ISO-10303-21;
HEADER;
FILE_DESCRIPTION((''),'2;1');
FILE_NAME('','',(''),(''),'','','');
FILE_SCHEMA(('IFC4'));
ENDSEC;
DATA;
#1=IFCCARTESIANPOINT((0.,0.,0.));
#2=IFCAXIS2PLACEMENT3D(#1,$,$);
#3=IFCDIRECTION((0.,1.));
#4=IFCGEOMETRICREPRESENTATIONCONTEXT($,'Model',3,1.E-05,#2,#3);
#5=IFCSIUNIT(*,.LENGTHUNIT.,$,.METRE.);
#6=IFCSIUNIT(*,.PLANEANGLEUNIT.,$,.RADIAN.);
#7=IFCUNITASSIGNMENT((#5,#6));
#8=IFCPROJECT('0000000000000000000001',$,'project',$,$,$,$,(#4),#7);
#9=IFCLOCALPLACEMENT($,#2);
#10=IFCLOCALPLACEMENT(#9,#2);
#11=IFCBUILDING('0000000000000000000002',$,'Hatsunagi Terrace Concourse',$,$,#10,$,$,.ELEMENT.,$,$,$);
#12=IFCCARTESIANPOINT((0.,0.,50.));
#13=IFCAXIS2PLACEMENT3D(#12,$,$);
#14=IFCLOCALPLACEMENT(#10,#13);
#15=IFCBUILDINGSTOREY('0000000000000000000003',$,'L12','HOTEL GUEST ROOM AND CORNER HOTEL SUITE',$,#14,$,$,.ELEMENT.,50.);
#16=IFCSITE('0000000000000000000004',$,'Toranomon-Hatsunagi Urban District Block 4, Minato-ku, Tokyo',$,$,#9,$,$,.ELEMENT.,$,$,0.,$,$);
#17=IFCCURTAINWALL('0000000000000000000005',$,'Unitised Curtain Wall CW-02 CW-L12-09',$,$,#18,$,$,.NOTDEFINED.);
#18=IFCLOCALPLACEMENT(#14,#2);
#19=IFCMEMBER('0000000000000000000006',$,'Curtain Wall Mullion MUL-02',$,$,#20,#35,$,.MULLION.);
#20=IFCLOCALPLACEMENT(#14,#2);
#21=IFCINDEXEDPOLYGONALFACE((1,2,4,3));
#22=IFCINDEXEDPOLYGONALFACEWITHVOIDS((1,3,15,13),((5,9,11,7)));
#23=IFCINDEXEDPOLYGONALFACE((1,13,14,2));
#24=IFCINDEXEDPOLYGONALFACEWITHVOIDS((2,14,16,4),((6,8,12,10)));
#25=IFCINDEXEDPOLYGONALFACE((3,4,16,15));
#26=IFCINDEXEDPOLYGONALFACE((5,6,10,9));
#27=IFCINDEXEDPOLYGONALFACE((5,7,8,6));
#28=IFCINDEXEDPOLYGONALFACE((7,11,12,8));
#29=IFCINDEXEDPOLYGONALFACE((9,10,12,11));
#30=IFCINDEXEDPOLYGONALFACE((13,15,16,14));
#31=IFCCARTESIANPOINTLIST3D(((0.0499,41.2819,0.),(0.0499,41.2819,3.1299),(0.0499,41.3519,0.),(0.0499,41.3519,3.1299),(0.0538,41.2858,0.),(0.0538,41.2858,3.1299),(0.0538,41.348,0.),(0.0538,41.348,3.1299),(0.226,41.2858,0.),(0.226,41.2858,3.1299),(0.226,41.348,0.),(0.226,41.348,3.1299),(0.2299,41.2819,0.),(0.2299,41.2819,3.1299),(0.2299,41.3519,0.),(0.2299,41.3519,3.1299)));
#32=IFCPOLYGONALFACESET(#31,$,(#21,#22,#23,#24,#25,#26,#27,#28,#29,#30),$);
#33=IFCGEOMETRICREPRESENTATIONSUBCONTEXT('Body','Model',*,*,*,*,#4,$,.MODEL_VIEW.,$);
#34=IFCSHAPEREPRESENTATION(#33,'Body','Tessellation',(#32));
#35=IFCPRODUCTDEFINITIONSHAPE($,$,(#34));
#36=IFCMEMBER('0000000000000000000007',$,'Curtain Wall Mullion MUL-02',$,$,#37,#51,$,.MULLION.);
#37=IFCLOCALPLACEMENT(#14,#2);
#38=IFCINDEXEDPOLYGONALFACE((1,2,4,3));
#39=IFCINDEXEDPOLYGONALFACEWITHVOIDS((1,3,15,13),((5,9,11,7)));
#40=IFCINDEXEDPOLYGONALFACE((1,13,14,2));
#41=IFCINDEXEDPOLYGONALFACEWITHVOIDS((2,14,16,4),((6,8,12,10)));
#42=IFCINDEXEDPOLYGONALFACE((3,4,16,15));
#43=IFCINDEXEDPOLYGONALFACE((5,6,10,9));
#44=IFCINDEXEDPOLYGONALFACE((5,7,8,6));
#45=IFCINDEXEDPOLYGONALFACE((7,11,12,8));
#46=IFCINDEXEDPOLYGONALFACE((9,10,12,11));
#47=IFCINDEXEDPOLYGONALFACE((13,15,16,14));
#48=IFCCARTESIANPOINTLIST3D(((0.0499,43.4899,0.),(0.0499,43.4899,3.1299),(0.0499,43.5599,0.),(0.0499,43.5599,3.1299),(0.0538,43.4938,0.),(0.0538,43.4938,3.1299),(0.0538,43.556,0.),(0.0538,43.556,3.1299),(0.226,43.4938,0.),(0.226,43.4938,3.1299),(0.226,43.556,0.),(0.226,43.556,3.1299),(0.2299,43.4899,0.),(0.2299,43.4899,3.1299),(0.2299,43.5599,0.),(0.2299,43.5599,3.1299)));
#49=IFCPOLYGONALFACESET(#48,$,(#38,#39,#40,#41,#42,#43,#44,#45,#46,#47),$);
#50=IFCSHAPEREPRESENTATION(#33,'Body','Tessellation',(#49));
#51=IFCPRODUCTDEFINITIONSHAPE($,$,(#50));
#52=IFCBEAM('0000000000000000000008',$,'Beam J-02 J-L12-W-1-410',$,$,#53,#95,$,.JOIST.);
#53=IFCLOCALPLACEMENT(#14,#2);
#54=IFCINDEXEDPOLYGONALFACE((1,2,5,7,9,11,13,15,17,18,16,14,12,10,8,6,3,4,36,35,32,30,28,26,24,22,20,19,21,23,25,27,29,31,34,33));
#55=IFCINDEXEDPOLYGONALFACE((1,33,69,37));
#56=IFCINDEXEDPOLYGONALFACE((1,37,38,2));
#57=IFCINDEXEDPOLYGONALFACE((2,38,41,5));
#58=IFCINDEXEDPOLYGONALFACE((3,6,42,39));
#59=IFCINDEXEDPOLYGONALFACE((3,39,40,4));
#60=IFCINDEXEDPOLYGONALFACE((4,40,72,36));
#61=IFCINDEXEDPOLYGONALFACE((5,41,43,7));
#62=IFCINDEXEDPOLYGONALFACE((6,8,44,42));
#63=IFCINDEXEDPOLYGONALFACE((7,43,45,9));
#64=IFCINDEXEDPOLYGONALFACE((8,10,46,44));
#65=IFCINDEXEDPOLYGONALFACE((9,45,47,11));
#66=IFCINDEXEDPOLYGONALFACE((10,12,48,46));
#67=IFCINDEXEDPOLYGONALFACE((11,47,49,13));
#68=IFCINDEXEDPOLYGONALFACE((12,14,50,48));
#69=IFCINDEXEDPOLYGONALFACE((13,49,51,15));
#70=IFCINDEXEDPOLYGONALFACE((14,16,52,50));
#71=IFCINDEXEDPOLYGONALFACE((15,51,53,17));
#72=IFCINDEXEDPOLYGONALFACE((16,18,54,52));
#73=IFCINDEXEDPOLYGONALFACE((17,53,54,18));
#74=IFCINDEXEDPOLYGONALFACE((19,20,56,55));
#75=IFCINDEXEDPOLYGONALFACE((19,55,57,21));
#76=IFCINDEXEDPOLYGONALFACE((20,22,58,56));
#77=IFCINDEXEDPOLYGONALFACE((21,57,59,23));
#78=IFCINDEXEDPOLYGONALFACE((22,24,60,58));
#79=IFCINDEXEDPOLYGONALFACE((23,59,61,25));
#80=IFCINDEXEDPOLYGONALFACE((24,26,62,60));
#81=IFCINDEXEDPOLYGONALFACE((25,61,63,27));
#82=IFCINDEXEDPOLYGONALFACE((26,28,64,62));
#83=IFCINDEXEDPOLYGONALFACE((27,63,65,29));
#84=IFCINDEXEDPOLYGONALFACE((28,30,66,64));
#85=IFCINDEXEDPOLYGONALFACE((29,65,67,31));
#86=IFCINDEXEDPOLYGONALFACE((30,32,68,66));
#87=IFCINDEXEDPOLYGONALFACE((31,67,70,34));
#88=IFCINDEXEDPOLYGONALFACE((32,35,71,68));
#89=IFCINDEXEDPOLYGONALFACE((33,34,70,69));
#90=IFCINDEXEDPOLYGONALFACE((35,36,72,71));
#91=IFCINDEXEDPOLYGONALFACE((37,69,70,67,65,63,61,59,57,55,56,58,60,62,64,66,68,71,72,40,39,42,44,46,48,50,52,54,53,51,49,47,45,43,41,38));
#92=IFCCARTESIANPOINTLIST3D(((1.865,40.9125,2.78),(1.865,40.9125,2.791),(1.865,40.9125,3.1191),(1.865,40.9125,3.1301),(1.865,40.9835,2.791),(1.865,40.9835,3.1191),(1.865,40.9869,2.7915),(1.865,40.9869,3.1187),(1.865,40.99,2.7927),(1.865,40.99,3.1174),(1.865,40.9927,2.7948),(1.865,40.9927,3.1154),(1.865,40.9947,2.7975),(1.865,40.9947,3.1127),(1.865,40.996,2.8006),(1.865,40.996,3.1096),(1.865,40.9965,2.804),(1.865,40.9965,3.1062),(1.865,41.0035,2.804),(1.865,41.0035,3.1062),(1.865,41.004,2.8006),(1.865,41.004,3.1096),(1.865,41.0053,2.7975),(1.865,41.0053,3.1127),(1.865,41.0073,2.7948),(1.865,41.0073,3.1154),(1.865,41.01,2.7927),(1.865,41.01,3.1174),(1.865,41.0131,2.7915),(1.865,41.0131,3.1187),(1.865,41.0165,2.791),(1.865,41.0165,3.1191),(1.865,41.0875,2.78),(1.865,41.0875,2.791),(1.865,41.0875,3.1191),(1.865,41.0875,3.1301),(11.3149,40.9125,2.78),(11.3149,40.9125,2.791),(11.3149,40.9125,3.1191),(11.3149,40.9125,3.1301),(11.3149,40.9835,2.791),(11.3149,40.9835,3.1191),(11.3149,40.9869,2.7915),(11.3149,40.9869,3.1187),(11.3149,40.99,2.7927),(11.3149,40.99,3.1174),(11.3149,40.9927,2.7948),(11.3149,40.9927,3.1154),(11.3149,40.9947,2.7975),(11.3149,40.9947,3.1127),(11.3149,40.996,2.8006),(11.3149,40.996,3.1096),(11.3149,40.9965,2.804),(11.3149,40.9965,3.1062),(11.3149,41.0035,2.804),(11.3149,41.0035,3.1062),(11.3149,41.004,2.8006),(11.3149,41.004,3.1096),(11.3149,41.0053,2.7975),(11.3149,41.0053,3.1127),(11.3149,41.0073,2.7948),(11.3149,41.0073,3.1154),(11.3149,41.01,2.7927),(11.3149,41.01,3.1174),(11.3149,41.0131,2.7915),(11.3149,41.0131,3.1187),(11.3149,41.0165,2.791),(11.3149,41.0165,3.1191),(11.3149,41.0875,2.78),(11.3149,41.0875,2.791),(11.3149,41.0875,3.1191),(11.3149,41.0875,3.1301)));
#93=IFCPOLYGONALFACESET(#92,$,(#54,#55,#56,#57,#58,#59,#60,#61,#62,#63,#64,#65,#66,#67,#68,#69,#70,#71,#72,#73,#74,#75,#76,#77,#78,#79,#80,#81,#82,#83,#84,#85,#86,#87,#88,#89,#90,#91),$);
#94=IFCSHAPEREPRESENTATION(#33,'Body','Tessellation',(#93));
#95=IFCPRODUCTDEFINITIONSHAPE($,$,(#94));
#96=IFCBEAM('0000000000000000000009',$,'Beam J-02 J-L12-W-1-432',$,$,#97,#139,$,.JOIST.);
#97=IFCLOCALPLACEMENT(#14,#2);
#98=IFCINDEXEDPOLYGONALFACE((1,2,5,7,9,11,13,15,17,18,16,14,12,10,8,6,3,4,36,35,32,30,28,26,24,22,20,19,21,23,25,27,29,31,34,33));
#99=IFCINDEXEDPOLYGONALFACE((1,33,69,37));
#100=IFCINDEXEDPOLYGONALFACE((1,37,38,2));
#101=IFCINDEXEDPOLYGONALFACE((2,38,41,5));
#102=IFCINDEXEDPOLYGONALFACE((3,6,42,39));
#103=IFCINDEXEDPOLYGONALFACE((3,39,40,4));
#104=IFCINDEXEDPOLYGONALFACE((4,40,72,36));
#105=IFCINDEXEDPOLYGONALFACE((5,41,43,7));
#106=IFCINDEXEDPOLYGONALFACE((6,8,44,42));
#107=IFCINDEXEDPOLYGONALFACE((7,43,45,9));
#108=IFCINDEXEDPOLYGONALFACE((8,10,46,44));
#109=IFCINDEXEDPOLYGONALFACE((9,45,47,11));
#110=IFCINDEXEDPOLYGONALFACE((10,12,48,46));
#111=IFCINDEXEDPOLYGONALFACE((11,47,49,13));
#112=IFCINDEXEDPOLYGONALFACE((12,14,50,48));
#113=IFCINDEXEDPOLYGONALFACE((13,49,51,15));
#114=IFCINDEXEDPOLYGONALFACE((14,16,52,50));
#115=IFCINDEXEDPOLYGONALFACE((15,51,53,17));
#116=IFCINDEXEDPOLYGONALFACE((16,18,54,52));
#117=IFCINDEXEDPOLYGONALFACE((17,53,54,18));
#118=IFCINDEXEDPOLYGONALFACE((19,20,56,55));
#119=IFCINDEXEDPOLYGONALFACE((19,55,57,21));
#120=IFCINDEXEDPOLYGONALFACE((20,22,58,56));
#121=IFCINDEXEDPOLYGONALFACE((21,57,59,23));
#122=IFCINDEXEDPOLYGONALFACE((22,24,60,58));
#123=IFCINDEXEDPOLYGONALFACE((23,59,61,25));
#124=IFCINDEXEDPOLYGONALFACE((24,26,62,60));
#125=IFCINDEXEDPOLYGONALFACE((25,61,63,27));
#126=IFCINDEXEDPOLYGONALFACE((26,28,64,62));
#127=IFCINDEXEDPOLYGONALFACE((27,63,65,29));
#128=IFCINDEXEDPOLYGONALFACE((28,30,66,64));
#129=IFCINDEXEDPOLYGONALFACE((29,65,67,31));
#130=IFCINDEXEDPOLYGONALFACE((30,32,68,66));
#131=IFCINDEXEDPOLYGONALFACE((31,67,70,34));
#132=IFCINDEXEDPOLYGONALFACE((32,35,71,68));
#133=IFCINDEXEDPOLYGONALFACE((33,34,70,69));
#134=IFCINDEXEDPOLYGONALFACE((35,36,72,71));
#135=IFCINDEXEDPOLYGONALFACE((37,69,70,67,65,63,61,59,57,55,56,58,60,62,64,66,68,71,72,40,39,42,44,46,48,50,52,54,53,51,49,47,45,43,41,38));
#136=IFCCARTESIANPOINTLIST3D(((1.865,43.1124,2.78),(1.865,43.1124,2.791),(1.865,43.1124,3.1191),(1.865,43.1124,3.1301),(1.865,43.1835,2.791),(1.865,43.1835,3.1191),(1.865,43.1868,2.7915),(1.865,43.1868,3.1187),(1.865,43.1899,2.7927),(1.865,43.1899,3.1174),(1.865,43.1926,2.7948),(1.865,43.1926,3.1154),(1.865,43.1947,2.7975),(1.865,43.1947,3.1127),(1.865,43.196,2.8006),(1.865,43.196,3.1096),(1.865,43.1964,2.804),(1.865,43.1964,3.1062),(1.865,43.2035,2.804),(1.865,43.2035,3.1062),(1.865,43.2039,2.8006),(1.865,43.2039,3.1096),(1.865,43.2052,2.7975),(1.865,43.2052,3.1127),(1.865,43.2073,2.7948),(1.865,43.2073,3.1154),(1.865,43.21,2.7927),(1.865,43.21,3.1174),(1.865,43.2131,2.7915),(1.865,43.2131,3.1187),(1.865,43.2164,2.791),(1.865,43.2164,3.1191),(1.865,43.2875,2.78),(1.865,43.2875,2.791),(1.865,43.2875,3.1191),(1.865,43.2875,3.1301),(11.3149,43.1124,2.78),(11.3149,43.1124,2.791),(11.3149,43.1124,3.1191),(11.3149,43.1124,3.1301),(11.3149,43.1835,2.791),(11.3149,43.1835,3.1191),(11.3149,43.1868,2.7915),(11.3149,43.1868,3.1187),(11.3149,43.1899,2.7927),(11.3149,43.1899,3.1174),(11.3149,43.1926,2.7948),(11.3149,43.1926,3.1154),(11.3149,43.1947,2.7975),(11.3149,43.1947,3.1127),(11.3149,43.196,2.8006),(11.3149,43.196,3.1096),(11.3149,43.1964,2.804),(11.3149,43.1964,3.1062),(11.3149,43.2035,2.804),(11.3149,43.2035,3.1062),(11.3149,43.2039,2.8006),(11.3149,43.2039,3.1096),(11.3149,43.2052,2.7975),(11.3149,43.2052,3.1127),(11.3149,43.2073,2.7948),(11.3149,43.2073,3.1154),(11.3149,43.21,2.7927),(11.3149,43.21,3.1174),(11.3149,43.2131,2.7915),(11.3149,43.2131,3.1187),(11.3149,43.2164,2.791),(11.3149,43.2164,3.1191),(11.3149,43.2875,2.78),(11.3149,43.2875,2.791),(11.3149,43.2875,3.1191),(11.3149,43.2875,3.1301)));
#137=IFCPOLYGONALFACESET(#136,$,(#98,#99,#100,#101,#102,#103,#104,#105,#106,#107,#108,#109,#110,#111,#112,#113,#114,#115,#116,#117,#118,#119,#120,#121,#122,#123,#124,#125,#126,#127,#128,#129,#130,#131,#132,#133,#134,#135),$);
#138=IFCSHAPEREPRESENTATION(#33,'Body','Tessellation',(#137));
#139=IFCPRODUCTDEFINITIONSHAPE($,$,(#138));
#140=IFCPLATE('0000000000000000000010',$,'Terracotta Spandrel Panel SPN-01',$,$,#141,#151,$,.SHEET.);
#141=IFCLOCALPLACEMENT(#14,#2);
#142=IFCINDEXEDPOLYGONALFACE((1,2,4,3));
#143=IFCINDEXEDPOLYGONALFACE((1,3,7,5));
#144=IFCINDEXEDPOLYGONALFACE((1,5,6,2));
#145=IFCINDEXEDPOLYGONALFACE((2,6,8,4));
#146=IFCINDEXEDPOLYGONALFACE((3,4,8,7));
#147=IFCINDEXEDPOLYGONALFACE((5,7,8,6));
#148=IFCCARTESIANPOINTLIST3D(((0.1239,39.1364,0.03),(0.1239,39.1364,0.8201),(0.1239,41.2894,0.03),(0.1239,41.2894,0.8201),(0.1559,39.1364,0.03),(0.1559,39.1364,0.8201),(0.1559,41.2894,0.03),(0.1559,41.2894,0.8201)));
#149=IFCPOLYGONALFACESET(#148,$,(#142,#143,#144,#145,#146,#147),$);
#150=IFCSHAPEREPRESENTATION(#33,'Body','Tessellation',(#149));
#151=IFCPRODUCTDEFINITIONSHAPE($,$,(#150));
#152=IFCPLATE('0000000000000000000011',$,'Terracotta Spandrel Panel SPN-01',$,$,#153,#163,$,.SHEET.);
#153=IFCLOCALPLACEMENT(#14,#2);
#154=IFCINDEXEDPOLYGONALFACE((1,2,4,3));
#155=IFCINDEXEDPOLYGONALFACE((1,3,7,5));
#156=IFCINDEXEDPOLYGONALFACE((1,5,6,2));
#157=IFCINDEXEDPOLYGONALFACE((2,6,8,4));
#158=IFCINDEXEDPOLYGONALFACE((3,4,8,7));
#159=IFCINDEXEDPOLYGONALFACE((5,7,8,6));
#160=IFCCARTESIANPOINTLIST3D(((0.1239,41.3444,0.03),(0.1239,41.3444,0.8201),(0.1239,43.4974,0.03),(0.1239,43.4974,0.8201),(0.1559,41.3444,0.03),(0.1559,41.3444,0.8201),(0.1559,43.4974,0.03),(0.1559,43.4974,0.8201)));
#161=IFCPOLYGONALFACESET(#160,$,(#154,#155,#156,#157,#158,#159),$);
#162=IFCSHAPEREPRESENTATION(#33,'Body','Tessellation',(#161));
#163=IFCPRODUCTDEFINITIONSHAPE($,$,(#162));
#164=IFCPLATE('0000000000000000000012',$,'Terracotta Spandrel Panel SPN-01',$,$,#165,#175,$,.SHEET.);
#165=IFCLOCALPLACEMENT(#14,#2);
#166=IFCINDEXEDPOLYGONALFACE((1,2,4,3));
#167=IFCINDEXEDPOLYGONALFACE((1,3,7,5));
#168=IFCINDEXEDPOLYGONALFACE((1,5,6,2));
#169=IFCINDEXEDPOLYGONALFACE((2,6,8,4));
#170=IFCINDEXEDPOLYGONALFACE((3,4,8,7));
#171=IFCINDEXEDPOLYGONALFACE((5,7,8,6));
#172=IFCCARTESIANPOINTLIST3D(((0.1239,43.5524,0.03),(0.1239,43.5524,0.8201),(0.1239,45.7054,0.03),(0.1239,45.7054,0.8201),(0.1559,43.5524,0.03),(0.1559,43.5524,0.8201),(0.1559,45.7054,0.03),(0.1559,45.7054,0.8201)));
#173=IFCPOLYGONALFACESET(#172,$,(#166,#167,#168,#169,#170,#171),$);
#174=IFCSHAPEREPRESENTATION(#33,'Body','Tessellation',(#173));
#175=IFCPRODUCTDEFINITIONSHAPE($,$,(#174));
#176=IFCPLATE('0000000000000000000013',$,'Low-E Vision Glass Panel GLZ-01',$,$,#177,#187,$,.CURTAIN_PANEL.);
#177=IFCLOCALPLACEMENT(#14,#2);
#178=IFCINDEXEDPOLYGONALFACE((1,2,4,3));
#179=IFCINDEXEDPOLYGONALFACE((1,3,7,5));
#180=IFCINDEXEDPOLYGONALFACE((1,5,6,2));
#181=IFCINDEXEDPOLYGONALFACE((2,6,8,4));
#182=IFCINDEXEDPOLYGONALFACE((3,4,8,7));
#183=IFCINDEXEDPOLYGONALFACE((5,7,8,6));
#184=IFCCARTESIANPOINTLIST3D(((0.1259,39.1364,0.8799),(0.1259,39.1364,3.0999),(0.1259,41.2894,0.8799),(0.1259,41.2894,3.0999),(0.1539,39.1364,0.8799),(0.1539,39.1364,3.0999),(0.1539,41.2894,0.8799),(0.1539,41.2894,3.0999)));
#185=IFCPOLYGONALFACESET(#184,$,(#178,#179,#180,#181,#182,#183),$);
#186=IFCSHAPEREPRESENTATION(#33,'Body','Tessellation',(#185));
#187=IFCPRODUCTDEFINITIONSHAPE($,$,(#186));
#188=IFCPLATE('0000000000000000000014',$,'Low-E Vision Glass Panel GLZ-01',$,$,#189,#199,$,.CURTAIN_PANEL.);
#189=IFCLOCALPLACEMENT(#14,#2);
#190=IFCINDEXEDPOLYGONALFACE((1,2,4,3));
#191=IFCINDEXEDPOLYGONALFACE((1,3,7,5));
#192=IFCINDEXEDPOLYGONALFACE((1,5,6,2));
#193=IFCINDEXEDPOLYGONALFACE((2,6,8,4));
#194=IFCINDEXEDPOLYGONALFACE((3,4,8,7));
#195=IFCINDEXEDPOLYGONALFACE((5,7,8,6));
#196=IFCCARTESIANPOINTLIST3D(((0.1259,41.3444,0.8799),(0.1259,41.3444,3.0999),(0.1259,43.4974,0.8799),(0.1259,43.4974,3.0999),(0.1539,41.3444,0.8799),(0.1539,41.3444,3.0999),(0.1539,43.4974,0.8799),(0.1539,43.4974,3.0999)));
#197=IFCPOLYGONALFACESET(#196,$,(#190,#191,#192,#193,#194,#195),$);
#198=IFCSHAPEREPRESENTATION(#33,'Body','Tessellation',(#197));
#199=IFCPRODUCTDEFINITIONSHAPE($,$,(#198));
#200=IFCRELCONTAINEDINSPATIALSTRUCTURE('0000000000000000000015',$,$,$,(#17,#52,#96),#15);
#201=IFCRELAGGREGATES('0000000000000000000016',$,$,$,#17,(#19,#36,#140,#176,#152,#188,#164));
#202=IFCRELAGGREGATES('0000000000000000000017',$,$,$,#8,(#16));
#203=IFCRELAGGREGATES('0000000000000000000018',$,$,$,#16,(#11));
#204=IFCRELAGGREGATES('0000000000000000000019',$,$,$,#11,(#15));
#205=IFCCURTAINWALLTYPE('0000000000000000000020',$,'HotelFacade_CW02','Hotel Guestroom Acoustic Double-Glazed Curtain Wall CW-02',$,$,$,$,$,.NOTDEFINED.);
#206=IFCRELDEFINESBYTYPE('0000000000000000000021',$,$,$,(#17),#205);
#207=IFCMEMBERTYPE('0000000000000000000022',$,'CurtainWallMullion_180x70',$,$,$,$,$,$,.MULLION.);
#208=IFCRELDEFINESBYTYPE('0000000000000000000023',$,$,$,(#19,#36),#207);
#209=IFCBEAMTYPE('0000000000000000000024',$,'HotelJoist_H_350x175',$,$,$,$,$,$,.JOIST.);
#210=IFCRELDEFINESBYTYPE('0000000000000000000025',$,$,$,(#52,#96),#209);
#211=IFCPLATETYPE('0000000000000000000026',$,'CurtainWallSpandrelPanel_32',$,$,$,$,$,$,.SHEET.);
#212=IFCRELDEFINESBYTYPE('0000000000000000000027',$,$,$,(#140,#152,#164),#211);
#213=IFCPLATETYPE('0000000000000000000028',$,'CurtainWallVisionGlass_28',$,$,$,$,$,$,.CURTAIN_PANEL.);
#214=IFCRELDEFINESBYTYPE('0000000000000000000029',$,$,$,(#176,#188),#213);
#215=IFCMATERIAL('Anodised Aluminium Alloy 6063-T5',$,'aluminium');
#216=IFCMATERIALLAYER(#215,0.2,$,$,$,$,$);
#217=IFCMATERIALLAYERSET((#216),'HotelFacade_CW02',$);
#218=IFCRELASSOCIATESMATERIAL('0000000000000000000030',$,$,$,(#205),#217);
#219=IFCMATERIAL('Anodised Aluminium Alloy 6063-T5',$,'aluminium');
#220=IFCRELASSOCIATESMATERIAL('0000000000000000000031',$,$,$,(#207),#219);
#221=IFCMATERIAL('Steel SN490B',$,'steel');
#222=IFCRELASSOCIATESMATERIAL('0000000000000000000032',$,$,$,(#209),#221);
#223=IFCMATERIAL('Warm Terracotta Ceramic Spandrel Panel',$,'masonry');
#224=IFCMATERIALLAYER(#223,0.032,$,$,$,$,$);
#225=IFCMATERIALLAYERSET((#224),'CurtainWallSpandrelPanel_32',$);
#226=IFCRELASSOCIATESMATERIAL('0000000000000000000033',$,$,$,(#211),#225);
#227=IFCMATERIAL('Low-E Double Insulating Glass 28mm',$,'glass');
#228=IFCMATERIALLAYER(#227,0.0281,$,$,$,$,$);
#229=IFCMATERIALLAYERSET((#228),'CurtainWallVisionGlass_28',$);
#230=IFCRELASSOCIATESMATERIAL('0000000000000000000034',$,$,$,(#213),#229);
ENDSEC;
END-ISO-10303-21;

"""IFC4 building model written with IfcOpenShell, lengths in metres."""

from ifc_helpers import new_model, si_unit, direction, frame, origin, origin_2d, place, context, subcontext, project, spatial, rectangle, hollow_rectangle, i_section, extrude, material, layer, layer_set, material_profile, profile_set, type_object, element, aggregate, save


model = new_model("IFC4")

# Units and contexts
model_context = context("Model", 3, precision=1e-05, world=origin(), true_north=direction((0.0, 1.0)))
body_context = subcontext(model_context, "Body", "Model", "MODEL_VIEW")
ifc_project = project(units=[si_unit("LENGTHUNIT", "METRE"), si_unit("PLANEANGLEUNIT", "RADIAN")], contexts=[model_context])

# Site, building, storey
site_placement = place(None, origin())
site = spatial("IfcSite", under=ifc_project, at=site_placement, Name="Toranomon-Hatsunagi Urban District Block 4, Minato-ku, Tokyo", CompositionType="ELEMENT", RefElevation=0.0)
building_placement = place(site_placement, origin())
building = spatial("IfcBuilding", under=site, at=building_placement, Name="Hatsunagi Terrace Concourse", CompositionType="ELEMENT")
storey_placement = place(building_placement, frame((0.0, 0.0, 50.0)))
storey = spatial("IfcBuildingStorey", under=building, at=storey_placement, Name="L12", Description="HOTEL GUEST ROOM AND CORNER HOTEL SUITE", CompositionType="ELEMENT", Elevation=50.0)

# Curtain wall, members
ifc_material_1 = material(Name="Anodised Aluminium Alloy 6063-T5", Category="aluminium")
ifc_layer_1 = layer(ifc_material_1, 0.2)
ifc_layer_set_1 = layer_set([ifc_layer_1], Name="HotelFacade_CW02")
curtain_wall_type = type_object("IfcCurtainWallType", Name="HotelFacade_CW02", Description="Hotel Guestroom Acoustic Double-Glazed Curtain Wall CW-02", PredefinedType="NOTDEFINED", material=ifc_layer_set_1)
curtain_wall_placement = place(storey_placement, origin())
curtain_wall = element("IfcCurtainWall", 1, at=curtain_wall_placement, inside=storey, type_object=curtain_wall_type, Name="Unitised Curtain Wall CW-02 CW-L12-09", PredefinedType="NOTDEFINED")
ifc_material_2 = material(Name="Anodised Aluminium Alloy 6063-T5", Category="aluminium")
ifc_material_profile_1 = material_profile(ifc_material_2, hollow_rectangle(XDim=0.0701, YDim=0.1799, WallThickness=0.0039, at=origin_2d()), Name="ALU-MUL-180x70x4")
ifc_profile_set_1 = profile_set([ifc_material_profile_1], Name="Anodised Aluminium Alloy 6063-T5")
member_type = type_object("IfcMemberType", Name="CurtainWallMullion_180x70", PredefinedType="MULLION", material=ifc_profile_set_1)
member_1_placement = place(storey_placement, frame((0.1399, 41.3169, 0.0), z_axis=(0.0, 0.0, 1.0), x_axis=(0.0, 1.0, 0.0)))
member_1 = element("IfcMember", 2, at=member_1_placement, type_object=member_type, Name="Curtain Wall Mullion MUL-02", PredefinedType="MULLION", context=body_context, shape_type="SweptSolid", body=[
    extrude(hollow_rectangle(XDim=0.0701, YDim=0.1799, WallThickness=0.0039, at=origin_2d()), origin(), (0.0, 0.0, 1.0), 3.1299),
])
member_2_placement = place(storey_placement, frame((0.1399, 43.5249, 0.0), z_axis=(0.0, 0.0, 1.0), x_axis=(0.0, 1.0, 0.0)))
member_2 = element("IfcMember", 3, at=member_2_placement, type_object=member_type, Name="Curtain Wall Mullion MUL-02", PredefinedType="MULLION", context=body_context, shape_type="SweptSolid", body=[
    extrude(hollow_rectangle(XDim=0.0701, YDim=0.1799, WallThickness=0.0039, at=origin_2d()), origin(), (0.0, 0.0, 1.0), 3.1299),
])

# Beams
ifc_material_3 = material(Name="Steel SN490B", Category="steel")
ifc_material_profile_2 = material_profile(ifc_material_3, i_section(OverallWidth=0.175, OverallDepth=0.3501, WebThickness=0.0071, FlangeThickness=0.011, FilletRadius=0.0129, at=origin_2d()), Name="H-350x175x7x11")
ifc_profile_set_2 = profile_set([ifc_material_profile_2], Name="Steel SN490B")
beam_type = type_object("IfcBeamType", Name="HotelJoist_H_350x175", PredefinedType="JOIST", material=ifc_profile_set_2)
for number, where, z_axis, x_axis, name in (
    (4, (1.865, 41.0, 2.9551), (1.0, 0.0, 0.0), (0.0, 1.0, 0.0), "Beam J-02 J-L12-W-1-410"),
    (5, (1.865, 43.2, 2.9551), (1.0, 0.0, 0.0), (0.0, 1.0, 0.0), "Beam J-02 J-L12-W-1-432"),
):
    element("IfcBeam", number, at=place(storey_placement, frame(where, z_axis=z_axis, x_axis=x_axis)), inside=storey, type_object=beam_type, Name=name, PredefinedType="JOIST", context=body_context, shape_type="SweptSolid", body=[
        extrude(i_section(OverallWidth=0.175, OverallDepth=0.3501, WebThickness=0.0071, FlangeThickness=0.011, FilletRadius=0.0129, at=origin_2d()), origin(), (0.0, 0.0, 1.0), 9.45),
    ])

# Plates
ifc_material_4 = material(Name="Warm Terracotta Ceramic Spandrel Panel", Category="masonry")
ifc_layer_2 = layer(ifc_material_4, 0.032)
ifc_layer_set_2 = layer_set([ifc_layer_2], Name="CurtainWallSpandrelPanel_32")
plate_type_1 = type_object("IfcPlateType", Name="CurtainWallSpandrelPanel_32", PredefinedType="SHEET", material=ifc_layer_set_2)
plate_1_placement = place(storey_placement, frame((0.1399, 40.2129, 0.03), z_axis=(0.0, 0.0, 1.0), x_axis=(0.0, 1.0, 0.0)))
plate_1 = element("IfcPlate", 6, at=plate_1_placement, type_object=plate_type_1, Name="Terracotta Spandrel Panel SPN-01", PredefinedType="SHEET", context=body_context, shape_type="SweptSolid", body=[
    extrude(rectangle(XDim=2.1531, YDim=0.032, at=origin_2d()), origin(), (0.0, 0.0, 1.0), 0.79),
])
plate_2_placement = place(storey_placement, frame((0.1399, 42.4209, 0.03), z_axis=(0.0, 0.0, 1.0), x_axis=(0.0, 1.0, 0.0)))
plate_2 = element("IfcPlate", 7, at=plate_2_placement, type_object=plate_type_1, Name="Terracotta Spandrel Panel SPN-01", PredefinedType="SHEET", context=body_context, shape_type="SweptSolid", body=[
    extrude(rectangle(XDim=2.1531, YDim=0.032, at=origin_2d()), origin(), (0.0, 0.0, 1.0), 0.79),
])
plate_3_placement = place(storey_placement, frame((0.1399, 44.6289, 0.03), z_axis=(0.0, 0.0, 1.0), x_axis=(0.0, 1.0, 0.0)))
plate_3 = element("IfcPlate", 8, at=plate_3_placement, type_object=plate_type_1, Name="Terracotta Spandrel Panel SPN-01", PredefinedType="SHEET", context=body_context, shape_type="SweptSolid", body=[
    extrude(rectangle(XDim=2.1531, YDim=0.032, at=origin_2d()), origin(), (0.0, 0.0, 1.0), 0.79),
])
ifc_material_5 = material(Name="Low-E Double Insulating Glass 28mm", Category="glass")
ifc_layer_3 = layer(ifc_material_5, 0.0281)
ifc_layer_set_3 = layer_set([ifc_layer_3], Name="CurtainWallVisionGlass_28")
plate_type_2 = type_object("IfcPlateType", Name="CurtainWallVisionGlass_28", PredefinedType="CURTAIN_PANEL", material=ifc_layer_set_3)
plate_4_placement = place(storey_placement, frame((0.1399, 40.2129, 0.8799), z_axis=(0.0, 0.0, 1.0), x_axis=(0.0, 1.0, 0.0)))
plate_4 = element("IfcPlate", 9, at=plate_4_placement, type_object=plate_type_2, Name="Low-E Vision Glass Panel GLZ-01", PredefinedType="CURTAIN_PANEL", context=body_context, shape_type="SweptSolid", body=[
    extrude(rectangle(XDim=2.1531, YDim=0.0281, at=origin_2d()), origin(), (0.0, 0.0, 1.0), 2.22),
])
plate_5_placement = place(storey_placement, frame((0.1399, 42.4209, 0.8799), z_axis=(0.0, 0.0, 1.0), x_axis=(0.0, 1.0, 0.0)))
plate_5 = element("IfcPlate", 10, at=plate_5_placement, type_object=plate_type_2, Name="Low-E Vision Glass Panel GLZ-01", PredefinedType="CURTAIN_PANEL", context=body_context, shape_type="SweptSolid", body=[
    extrude(rectangle(XDim=2.1531, YDim=0.0281, at=origin_2d()), origin(), (0.0, 0.0, 1.0), 2.22),
])
aggregate(curtain_wall, [member_1, member_2, plate_1, plate_4, plate_2, plate_5, plate_3])

save(model, "model.ifc")
